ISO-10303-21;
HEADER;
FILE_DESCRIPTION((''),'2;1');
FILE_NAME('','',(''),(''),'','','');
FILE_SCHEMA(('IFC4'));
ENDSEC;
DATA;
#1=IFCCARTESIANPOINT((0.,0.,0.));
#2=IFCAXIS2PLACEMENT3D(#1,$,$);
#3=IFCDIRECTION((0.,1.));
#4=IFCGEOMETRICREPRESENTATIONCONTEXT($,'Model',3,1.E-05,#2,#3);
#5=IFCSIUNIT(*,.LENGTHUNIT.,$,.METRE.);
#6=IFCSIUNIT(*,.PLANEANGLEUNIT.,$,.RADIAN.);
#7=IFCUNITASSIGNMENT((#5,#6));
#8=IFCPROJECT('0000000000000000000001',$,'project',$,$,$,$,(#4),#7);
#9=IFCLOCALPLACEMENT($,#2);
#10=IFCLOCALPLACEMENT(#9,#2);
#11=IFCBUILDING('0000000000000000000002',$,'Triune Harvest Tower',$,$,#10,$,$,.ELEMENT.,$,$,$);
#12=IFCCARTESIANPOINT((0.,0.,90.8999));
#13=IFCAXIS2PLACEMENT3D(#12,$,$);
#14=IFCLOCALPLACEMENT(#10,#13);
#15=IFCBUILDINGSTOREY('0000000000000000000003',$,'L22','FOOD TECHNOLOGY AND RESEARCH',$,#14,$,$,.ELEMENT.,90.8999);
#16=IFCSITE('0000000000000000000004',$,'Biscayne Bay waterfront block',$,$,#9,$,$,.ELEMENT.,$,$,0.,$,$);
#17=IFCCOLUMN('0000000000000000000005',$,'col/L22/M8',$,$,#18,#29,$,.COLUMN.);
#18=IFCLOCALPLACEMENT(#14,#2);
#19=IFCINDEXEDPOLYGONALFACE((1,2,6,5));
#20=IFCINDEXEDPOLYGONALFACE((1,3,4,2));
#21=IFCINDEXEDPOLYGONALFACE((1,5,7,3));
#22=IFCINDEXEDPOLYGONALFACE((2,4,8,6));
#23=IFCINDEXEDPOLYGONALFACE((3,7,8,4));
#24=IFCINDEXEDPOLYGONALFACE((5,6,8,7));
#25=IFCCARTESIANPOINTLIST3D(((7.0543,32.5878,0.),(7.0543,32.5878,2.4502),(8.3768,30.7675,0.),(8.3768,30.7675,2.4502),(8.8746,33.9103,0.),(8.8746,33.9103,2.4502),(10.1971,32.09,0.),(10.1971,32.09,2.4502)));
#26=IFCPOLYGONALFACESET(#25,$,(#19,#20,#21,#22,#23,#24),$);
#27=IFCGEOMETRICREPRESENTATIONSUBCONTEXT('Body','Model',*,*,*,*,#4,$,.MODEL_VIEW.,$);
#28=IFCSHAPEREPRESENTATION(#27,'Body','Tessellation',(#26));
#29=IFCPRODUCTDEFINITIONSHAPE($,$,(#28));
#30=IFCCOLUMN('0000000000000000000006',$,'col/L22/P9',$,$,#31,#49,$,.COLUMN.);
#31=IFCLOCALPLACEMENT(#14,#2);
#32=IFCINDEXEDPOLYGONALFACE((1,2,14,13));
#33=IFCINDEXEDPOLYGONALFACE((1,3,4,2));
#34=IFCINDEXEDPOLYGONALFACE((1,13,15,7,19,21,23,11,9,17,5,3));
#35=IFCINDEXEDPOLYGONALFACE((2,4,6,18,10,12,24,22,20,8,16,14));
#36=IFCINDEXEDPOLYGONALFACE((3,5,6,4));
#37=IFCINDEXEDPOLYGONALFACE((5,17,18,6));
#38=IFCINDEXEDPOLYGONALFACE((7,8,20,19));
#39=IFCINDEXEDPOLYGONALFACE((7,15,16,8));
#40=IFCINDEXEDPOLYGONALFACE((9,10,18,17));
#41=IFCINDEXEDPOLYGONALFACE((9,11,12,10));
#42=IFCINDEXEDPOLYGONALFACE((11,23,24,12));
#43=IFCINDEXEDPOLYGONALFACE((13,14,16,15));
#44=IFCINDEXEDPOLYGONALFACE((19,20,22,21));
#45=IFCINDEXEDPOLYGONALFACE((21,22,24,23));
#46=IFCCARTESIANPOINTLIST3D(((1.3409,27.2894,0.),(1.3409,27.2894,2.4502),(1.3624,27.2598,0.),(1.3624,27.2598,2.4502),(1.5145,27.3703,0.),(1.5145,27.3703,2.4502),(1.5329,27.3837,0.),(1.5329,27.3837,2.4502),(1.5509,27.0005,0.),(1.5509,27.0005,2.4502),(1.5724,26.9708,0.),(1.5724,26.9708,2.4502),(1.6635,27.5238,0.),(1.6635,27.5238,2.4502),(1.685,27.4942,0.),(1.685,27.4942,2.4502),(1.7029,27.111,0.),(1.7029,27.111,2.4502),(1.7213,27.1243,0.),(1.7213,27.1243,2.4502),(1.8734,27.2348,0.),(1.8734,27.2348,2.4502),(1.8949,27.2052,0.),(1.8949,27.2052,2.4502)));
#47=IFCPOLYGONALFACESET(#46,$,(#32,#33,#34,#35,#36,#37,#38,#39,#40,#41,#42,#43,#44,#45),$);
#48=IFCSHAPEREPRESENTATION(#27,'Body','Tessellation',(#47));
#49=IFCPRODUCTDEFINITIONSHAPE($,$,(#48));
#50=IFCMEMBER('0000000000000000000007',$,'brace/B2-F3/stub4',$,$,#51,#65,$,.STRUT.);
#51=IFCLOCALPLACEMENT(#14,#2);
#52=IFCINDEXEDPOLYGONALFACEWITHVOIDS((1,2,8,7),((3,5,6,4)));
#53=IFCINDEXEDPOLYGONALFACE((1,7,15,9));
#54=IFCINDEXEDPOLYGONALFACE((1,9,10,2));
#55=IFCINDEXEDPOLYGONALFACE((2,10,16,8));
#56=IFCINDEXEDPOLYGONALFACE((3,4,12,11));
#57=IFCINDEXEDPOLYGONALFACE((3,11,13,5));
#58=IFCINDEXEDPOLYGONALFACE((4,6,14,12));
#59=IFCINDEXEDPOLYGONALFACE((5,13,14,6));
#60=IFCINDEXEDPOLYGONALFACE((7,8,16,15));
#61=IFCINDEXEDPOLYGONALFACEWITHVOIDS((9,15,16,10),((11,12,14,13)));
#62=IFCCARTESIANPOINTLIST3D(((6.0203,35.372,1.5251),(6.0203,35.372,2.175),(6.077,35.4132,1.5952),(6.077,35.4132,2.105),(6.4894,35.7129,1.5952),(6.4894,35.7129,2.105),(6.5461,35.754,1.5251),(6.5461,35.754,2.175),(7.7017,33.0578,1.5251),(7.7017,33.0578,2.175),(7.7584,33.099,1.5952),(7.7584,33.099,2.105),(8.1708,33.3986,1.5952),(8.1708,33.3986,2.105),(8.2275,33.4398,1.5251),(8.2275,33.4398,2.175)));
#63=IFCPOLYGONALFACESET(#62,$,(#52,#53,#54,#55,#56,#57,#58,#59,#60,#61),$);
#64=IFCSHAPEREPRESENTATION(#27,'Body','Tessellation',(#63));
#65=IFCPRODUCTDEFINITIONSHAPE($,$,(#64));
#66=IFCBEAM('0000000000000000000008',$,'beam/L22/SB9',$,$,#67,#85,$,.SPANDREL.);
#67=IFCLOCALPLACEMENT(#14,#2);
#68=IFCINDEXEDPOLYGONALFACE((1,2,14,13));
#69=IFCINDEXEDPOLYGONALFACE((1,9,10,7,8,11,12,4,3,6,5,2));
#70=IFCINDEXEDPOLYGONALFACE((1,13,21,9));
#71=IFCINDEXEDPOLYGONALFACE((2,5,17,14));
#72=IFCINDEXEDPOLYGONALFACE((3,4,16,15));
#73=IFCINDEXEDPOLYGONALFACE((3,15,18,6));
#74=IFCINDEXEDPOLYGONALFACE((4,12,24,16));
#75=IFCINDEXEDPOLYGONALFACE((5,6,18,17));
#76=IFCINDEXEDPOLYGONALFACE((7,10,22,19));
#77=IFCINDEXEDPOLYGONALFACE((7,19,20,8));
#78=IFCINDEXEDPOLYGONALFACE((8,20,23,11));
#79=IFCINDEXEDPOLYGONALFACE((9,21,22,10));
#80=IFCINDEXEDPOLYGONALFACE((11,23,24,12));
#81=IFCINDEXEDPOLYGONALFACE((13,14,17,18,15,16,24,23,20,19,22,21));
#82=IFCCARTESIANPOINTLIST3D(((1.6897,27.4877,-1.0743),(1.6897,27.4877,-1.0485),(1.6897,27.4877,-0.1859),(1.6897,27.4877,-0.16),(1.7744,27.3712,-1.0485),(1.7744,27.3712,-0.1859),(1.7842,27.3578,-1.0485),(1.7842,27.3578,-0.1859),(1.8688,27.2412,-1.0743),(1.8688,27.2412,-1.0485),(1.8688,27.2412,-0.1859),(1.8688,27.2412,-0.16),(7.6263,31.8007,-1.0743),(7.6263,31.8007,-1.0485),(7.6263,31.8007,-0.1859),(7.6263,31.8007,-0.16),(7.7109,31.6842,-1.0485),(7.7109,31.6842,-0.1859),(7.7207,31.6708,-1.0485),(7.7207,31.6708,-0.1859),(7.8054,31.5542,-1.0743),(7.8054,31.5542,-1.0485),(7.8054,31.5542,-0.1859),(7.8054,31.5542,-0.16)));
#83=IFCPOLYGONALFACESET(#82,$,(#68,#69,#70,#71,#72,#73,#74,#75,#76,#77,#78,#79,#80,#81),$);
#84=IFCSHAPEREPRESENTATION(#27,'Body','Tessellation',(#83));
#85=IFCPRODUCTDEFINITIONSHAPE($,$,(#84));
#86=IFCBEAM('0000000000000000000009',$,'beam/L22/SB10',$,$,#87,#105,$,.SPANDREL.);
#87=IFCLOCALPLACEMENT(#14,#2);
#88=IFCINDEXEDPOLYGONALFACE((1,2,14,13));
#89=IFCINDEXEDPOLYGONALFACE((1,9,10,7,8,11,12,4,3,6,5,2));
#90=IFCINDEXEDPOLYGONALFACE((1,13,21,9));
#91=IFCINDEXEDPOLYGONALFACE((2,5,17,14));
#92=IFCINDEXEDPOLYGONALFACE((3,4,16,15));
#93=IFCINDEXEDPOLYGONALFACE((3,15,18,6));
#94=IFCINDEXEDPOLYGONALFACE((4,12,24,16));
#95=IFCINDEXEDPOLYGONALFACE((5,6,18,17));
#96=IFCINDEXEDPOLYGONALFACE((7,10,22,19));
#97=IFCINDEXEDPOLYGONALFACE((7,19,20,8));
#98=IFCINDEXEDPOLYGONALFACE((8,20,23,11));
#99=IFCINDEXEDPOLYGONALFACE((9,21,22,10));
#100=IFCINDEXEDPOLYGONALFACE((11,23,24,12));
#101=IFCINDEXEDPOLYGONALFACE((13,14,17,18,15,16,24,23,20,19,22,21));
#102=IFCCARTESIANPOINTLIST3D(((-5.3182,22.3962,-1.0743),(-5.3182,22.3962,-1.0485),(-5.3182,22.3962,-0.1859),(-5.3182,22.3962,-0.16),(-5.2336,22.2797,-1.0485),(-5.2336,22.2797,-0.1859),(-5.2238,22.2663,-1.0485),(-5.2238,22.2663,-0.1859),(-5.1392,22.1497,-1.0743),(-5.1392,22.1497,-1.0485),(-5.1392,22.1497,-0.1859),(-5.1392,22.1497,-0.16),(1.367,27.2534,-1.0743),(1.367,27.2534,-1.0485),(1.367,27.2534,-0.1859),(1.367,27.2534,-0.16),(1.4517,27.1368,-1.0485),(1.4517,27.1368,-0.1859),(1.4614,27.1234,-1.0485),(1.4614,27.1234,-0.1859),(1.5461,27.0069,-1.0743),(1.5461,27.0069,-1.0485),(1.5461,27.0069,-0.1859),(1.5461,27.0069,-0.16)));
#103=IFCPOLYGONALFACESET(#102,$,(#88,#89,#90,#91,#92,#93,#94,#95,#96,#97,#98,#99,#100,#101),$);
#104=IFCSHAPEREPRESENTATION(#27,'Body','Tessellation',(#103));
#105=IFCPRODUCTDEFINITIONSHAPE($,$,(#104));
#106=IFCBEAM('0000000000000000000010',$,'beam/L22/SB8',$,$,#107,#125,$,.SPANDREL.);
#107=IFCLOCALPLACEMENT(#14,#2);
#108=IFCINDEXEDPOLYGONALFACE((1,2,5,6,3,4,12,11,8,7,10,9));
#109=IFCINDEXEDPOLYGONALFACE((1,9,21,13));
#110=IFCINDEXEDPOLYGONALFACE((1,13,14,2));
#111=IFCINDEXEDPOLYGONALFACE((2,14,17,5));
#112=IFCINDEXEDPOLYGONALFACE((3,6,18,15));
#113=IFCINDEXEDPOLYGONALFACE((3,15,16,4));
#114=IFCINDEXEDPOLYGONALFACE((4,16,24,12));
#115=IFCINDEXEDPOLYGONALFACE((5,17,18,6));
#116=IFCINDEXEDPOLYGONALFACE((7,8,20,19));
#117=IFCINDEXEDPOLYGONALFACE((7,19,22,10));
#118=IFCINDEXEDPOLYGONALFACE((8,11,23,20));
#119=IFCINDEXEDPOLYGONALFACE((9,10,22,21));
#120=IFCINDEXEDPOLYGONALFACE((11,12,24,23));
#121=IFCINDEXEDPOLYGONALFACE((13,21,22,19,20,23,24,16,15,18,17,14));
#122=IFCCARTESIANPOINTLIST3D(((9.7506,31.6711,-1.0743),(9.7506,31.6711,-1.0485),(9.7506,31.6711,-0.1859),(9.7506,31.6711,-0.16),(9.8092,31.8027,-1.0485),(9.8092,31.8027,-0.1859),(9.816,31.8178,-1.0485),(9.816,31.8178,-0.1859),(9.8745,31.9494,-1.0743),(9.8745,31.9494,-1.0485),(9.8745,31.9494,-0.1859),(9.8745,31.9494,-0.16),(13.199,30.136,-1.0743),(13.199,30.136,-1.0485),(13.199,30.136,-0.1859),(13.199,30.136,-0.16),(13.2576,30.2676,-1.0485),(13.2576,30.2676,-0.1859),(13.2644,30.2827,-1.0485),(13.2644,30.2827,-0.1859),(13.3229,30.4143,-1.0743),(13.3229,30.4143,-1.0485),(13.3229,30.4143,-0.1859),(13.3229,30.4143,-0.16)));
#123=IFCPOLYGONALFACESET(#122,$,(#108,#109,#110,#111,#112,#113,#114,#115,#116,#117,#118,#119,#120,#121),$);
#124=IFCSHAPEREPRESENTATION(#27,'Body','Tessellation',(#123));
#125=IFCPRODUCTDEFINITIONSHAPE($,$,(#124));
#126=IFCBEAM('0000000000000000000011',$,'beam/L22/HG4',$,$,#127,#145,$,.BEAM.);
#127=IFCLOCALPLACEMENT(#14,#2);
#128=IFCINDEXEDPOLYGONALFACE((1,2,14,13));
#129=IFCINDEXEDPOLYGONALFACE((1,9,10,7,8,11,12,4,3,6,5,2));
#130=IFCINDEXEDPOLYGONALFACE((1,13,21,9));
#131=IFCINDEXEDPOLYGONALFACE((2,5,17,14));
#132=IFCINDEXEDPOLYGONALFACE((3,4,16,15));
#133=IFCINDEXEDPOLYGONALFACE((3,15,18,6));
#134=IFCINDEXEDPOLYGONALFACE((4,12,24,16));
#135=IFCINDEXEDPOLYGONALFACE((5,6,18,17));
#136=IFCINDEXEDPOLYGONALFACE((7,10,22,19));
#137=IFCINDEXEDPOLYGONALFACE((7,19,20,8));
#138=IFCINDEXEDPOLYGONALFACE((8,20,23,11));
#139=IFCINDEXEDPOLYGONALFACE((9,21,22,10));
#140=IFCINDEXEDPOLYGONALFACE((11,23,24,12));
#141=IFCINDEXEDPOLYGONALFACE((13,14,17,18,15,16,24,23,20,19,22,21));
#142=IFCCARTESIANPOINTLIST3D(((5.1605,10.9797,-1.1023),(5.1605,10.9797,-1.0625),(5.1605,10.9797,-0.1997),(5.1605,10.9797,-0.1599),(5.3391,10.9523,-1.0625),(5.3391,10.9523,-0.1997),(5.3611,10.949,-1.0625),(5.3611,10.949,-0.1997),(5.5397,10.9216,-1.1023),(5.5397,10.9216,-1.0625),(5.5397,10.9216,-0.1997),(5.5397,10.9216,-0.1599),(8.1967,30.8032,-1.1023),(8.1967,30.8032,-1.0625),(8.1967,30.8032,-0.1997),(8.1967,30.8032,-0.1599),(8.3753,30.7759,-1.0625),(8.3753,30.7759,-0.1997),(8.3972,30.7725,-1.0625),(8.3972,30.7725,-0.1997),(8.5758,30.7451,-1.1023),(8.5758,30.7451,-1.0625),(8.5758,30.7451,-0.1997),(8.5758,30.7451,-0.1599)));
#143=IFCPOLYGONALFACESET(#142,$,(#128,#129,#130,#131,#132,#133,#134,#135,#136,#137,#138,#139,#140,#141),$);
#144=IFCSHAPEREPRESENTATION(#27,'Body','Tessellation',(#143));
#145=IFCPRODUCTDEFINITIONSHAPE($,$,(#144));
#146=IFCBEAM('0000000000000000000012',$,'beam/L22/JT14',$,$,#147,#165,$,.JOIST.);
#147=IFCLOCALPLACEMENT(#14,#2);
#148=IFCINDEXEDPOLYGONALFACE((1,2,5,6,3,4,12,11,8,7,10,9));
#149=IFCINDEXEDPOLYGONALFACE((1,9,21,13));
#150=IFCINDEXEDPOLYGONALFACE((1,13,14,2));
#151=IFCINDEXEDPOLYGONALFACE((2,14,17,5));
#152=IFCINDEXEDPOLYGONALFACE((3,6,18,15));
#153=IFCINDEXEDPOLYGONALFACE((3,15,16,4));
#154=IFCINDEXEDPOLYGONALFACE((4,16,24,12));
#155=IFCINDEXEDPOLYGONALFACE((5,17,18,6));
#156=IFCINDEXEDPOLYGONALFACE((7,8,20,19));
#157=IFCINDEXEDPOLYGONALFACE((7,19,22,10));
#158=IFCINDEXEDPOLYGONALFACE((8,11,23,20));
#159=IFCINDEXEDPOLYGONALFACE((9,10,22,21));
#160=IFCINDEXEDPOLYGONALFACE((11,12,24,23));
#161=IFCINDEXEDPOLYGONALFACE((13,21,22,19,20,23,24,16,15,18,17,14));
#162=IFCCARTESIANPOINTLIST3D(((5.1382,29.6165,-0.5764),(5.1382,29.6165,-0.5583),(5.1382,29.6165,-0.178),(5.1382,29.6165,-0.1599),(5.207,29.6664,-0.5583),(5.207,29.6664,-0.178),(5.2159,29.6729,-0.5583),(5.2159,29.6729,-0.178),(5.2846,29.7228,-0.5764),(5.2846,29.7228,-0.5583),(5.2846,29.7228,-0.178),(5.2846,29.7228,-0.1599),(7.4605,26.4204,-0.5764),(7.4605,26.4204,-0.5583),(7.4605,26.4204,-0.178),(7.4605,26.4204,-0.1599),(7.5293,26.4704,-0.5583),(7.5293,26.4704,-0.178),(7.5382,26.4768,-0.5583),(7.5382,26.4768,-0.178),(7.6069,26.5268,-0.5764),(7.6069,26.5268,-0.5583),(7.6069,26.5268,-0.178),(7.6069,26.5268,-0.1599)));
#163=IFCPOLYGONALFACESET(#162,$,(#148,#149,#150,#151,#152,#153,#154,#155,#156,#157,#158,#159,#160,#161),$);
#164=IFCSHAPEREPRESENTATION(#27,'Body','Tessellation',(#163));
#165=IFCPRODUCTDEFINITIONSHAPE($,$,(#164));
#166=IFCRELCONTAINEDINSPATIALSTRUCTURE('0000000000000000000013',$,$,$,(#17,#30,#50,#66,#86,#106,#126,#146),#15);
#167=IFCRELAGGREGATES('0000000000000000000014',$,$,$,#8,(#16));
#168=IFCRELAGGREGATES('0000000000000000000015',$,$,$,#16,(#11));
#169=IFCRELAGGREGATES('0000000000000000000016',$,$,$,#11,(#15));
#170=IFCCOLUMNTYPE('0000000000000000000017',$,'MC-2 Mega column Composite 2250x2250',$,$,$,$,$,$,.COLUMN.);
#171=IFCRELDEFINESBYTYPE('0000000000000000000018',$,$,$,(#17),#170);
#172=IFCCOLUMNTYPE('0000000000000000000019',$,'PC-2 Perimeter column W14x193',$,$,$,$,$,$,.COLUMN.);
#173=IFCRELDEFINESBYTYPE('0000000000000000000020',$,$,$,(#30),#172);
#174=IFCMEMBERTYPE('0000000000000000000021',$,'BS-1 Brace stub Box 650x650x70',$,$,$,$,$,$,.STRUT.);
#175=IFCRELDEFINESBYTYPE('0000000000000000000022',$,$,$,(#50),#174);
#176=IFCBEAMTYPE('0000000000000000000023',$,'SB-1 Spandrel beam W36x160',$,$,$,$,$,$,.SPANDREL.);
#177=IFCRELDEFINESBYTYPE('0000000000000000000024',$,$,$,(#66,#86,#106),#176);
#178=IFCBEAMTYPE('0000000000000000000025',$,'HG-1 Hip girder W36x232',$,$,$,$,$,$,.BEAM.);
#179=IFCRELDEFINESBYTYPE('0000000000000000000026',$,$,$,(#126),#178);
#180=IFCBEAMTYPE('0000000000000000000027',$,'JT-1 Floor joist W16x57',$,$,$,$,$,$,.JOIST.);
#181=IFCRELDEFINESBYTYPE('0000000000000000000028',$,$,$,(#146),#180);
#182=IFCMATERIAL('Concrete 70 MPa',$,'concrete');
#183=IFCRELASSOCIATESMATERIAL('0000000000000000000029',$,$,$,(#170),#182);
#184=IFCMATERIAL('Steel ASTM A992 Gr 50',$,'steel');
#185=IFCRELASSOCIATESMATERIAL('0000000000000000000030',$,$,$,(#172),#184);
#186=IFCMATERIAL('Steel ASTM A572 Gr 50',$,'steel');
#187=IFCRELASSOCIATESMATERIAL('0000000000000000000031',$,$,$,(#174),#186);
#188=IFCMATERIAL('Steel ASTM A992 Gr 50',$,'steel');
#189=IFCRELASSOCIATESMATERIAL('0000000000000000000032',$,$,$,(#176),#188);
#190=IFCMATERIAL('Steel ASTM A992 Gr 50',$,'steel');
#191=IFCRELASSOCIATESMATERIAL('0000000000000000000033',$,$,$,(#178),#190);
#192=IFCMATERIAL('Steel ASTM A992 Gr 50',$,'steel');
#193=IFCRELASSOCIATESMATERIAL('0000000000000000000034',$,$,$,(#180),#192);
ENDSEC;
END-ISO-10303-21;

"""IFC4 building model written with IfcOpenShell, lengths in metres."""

from ifc_helpers import new_model, si_unit, direction, frame, origin, origin_2d, place, context, subcontext, project, spatial, rectangle, hollow_rectangle, i_section, extrude, source, transform, mapped, material, material_profile, profile_set, type_object, element, save


model = new_model("IFC4")

# Units and contexts
model_context = context("Model", 3, precision=1e-05, world=origin(), true_north=direction((0.0, 1.0)))
body_context = subcontext(model_context, "Body", "Model", "MODEL_VIEW")
ifc_project = project(units=[si_unit("LENGTHUNIT", "METRE"), si_unit("PLANEANGLEUNIT", "RADIAN")], contexts=[model_context])

# Site, building, storey
site_placement = place(None, origin())
site = spatial("IfcSite", under=ifc_project, at=site_placement, Name="Biscayne Bay waterfront block", CompositionType="ELEMENT", RefElevation=0.0)
building_placement = place(site_placement, origin())
building = spatial("IfcBuilding", under=site, at=building_placement, Name="Triune Harvest Tower", CompositionType="ELEMENT")
storey_placement = place(building_placement, frame((0.0, 0.0, 90.8999)))
storey = spatial("IfcBuildingStorey", under=building, at=storey_placement, Name="L22", Description="FOOD TECHNOLOGY AND RESEARCH", CompositionType="ELEMENT", Elevation=90.8999)

# Columns
ifc_material_1 = material(Name="Concrete 70 MPa", Category="concrete")
ifc_material_profile_1 = material_profile(ifc_material_1, rectangle(XDim=2.25, YDim=2.25, at=origin_2d()), Name="Composite 2250x2250")
ifc_profile_set_1 = profile_set([ifc_material_profile_1], Name="Concrete 70 MPa")
column_type_1 = type_object("IfcColumnType", Name="MC-2 Mega column Composite 2250x2250", PredefinedType="COLUMN", material=ifc_profile_set_1)
shared_shape_1 = source(origin(), body_context, "Body", "SweptSolid", [
    extrude(rectangle(XDim=2.25, YDim=2.25, at=origin_2d()), origin(), (0.0, 0.0, 1.0), 2.4502),
])
column_1_placement = place(storey_placement, frame((8.6257, 32.3389, 0.0), z_axis=(0.0, 0.0, 1.0), x_axis=(-0.809017, -0.587785, 0.0)))
element("IfcColumn", 1, at=column_1_placement, inside=storey, type_object=column_type_1, Name="col/L22/M8", PredefinedType="COLUMN", context=body_context, shape_type="MappedRepresentation", body=[
    mapped(shared_shape_1, transform((0.0, 0.0, 0.0), scale=1.0)),
])
ifc_material_2 = material(Name="Steel ASTM A992 Gr 50", Category="steel")
ifc_material_profile_2 = material_profile(ifc_material_2, i_section(OverallWidth=0.3987, OverallDepth=0.3938, WebThickness=0.0227, FlangeThickness=0.0366, at=origin_2d()), Name="W14x193")
ifc_profile_set_2 = profile_set([ifc_material_profile_2], Name="Steel ASTM A992 Gr 50")
column_type_2 = type_object("IfcColumnType", Name="PC-2 Perimeter column W14x193", PredefinedType="COLUMN", material=ifc_profile_set_2)
shared_shape_2 = source(origin(), body_context, "Body", "SweptSolid", [
    extrude(i_section(OverallWidth=0.3987, OverallDepth=0.3938, WebThickness=0.0227, FlangeThickness=0.0366, at=origin_2d()), origin(), (0.0, 0.0, 1.0), 2.4502),
])
column_2_placement = place(storey_placement, frame((1.6179, 27.2473, 0.0), z_axis=(0.0, 0.0, 1.0), x_axis=(-0.809017, -0.587785, 0.0)))
element("IfcColumn", 2, at=column_2_placement, inside=storey, type_object=column_type_2, Name="col/L22/P9", PredefinedType="COLUMN", context=body_context, shape_type="MappedRepresentation", body=[
    mapped(shared_shape_2, transform((0.0, 0.0, 0.0), scale=1.0)),
])

# Member
ifc_material_3 = material(Name="Steel ASTM A572 Gr 50", Category="steel")
ifc_material_profile_3 = material_profile(ifc_material_3, hollow_rectangle(XDim=0.6499, YDim=0.6499, WallThickness=0.0701, at=origin_2d()), Name="Box 650x650x70")
ifc_profile_set_3 = profile_set([ifc_material_profile_3], Name="Steel ASTM A572 Gr 50")
member_type_1 = type_object("IfcMemberType", Name="BS-1 Brace stub Box 650x650x70", PredefinedType="STRUT", material=ifc_profile_set_3)
member_1_placement = place(storey_placement, frame((7.9646, 33.2488, 1.8501), z_axis=(-0.587791, 0.809013, 0.0), x_axis=(-0.809013, -0.587791, 0.0)))
element("IfcMember", 3, at=member_1_placement, inside=storey, type_object=member_type_1, Name="brace/B2-F3/stub4", PredefinedType="STRUT", context=body_context, shape_type="SweptSolid", body=[
    extrude(hollow_rectangle(XDim=0.6499, YDim=0.6499, WallThickness=0.0701, at=origin_2d()), origin(), (0.0, 0.0, 1.0), 2.8606),
])

# Beams
ifc_material_4 = material(Name="Steel ASTM A992 Gr 50", Category="steel")
ifc_material_profile_4 = material_profile(ifc_material_4, i_section(OverallWidth=0.3047, OverallDepth=0.9143, WebThickness=0.0166, FlangeThickness=0.0259, at=origin_2d()), Name="W36x160")
ifc_profile_set_4 = profile_set([ifc_material_profile_4], Name="Steel ASTM A992 Gr 50")
beam_type_1 = type_object("IfcBeamType", Name="SB-1 Spandrel beam W36x160", PredefinedType="SPANDREL", material=ifc_profile_set_4)
shared_shape_3 = source(origin(), body_context, "Body", "SweptSolid", [
    extrude(i_section(OverallWidth=0.3047, OverallDepth=0.9143, WebThickness=0.0166, FlangeThickness=0.0259, at=origin_2d()), origin(), (0.0, 0.0, 1.0), 7.3379),
])
beam_1_placement = place(storey_placement, frame((7.7158, 31.6775, -0.6172), z_axis=(-0.809027, -0.587772, 0.0), x_axis=(0.587772, -0.809027, 0.0)))
element("IfcBeam", 4, at=beam_1_placement, inside=storey, type_object=beam_type_1, Name="beam/L22/SB9", PredefinedType="SPANDREL", context=body_context, shape_type="MappedRepresentation", body=[
    mapped(shared_shape_3, transform((0.0, 0.0, 0.0), scale=1.0)),
])
shared_shape_4 = source(origin(), body_context, "Body", "SweptSolid", [
    extrude(i_section(OverallWidth=0.3047, OverallDepth=0.9143, WebThickness=0.0166, FlangeThickness=0.0259, at=origin_2d()), origin(), (0.0, 0.0, 1.0), 8.2634),
])
beam_2_placement = place(storey_placement, frame((1.4565, 27.1301, -0.6172), z_axis=(-0.809016, -0.587787, 0.0), x_axis=(0.587787, -0.809016, 0.0)))
element("IfcBeam", 5, at=beam_2_placement, inside=storey, type_object=beam_type_1, Name="beam/L22/SB10", PredefinedType="SPANDREL", context=body_context, shape_type="MappedRepresentation", body=[
    mapped(shared_shape_4, transform((0.0, 0.0, 0.0), scale=1.0)),
])
shared_shape_5 = source(origin(), body_context, "Body", "SweptSolid", [
    extrude(i_section(OverallWidth=0.3047, OverallDepth=0.9143, WebThickness=0.0166, FlangeThickness=0.0259, at=origin_2d()), origin(), (0.0, 0.0, 1.0), 3.7747),
])
beam_3_placement = place(storey_placement, frame((13.261, 30.2751, -0.6172), z_axis=(-0.913566, 0.40669, 0.0), x_axis=(-0.40669, -0.913566, 0.0)))
element("IfcBeam", 6, at=beam_3_placement, inside=storey, type_object=beam_type_1, Name="beam/L22/SB8", PredefinedType="SPANDREL", context=body_context, shape_type="MappedRepresentation", body=[
    mapped(shared_shape_5, transform((0.0, 0.0, 0.0), scale=1.0)),
])
ifc_material_5 = material(Name="Steel ASTM A992 Gr 50", Category="steel")
ifc_material_profile_5 = material_profile(ifc_material_5, i_section(OverallWidth=0.3835, OverallDepth=0.9424, WebThickness=0.0222, FlangeThickness=0.0398, at=origin_2d()), Name="W36x232")
ifc_profile_set_5 = profile_set([ifc_material_profile_5], Name="Steel ASTM A992 Gr 50")
beam_type_2 = type_object("IfcBeamType", Name="HG-1 Hip girder W36x232", PredefinedType="BEAM", material=ifc_profile_set_5)
shared_shape_6 = source(origin(), body_context, "Body", "SweptSolid", [
    extrude(i_section(OverallWidth=0.3835, OverallDepth=0.9424, WebThickness=0.0222, FlangeThickness=0.0398, at=origin_2d()), origin(), (0.0, 0.0, 1.0), 20.0547),
])
beam_4_placement = place(storey_placement, frame((8.3862, 30.7742, -0.6311), z_axis=(-0.151393, -0.988474, 0.0), x_axis=(0.988474, -0.151393, 0.0)))
element("IfcBeam", 7, at=beam_4_placement, inside=storey, type_object=beam_type_2, Name="beam/L22/HG4", PredefinedType="BEAM", context=body_context, shape_type="MappedRepresentation", body=[
    mapped(shared_shape_6, transform((0.0, 0.0, 0.0), scale=1.0)),
])
ifc_material_6 = material(Name="Steel ASTM A992 Gr 50", Category="steel")
ifc_material_profile_6 = material_profile(ifc_material_6, i_section(OverallWidth=0.1809, OverallDepth=0.4165, WebThickness=0.011, FlangeThickness=0.0181, at=origin_2d()), Name="W16x57")
ifc_profile_set_6 = profile_set([ifc_material_profile_6], Name="Steel ASTM A992 Gr 50")
beam_type_3 = type_object("IfcBeamType", Name="JT-1 Floor joist W16x57", PredefinedType="JOIST", material=ifc_profile_set_6)
shared_shape_7 = source(origin(), body_context, "Body", "SweptSolid", [
    extrude(i_section(OverallWidth=0.1809, OverallDepth=0.4165, WebThickness=0.011, FlangeThickness=0.0181, at=origin_2d()), origin(), (0.0, 0.0, 1.0), 3.9507),
])
beam_5_placement = place(storey_placement, frame((5.2114, 29.6697, -0.3682), z_axis=(0.587819, -0.808993, 0.0), x_axis=(0.808993, 0.587819, 0.0)))
element("IfcBeam", 8, at=beam_5_placement, inside=storey, type_object=beam_type_3, Name="beam/L22/JT14", PredefinedType="JOIST", context=body_context, shape_type="MappedRepresentation", body=[
    mapped(shared_shape_7, transform((0.0, 0.0, 0.0), scale=1.0)),
])

save(model, "model.ifc")
